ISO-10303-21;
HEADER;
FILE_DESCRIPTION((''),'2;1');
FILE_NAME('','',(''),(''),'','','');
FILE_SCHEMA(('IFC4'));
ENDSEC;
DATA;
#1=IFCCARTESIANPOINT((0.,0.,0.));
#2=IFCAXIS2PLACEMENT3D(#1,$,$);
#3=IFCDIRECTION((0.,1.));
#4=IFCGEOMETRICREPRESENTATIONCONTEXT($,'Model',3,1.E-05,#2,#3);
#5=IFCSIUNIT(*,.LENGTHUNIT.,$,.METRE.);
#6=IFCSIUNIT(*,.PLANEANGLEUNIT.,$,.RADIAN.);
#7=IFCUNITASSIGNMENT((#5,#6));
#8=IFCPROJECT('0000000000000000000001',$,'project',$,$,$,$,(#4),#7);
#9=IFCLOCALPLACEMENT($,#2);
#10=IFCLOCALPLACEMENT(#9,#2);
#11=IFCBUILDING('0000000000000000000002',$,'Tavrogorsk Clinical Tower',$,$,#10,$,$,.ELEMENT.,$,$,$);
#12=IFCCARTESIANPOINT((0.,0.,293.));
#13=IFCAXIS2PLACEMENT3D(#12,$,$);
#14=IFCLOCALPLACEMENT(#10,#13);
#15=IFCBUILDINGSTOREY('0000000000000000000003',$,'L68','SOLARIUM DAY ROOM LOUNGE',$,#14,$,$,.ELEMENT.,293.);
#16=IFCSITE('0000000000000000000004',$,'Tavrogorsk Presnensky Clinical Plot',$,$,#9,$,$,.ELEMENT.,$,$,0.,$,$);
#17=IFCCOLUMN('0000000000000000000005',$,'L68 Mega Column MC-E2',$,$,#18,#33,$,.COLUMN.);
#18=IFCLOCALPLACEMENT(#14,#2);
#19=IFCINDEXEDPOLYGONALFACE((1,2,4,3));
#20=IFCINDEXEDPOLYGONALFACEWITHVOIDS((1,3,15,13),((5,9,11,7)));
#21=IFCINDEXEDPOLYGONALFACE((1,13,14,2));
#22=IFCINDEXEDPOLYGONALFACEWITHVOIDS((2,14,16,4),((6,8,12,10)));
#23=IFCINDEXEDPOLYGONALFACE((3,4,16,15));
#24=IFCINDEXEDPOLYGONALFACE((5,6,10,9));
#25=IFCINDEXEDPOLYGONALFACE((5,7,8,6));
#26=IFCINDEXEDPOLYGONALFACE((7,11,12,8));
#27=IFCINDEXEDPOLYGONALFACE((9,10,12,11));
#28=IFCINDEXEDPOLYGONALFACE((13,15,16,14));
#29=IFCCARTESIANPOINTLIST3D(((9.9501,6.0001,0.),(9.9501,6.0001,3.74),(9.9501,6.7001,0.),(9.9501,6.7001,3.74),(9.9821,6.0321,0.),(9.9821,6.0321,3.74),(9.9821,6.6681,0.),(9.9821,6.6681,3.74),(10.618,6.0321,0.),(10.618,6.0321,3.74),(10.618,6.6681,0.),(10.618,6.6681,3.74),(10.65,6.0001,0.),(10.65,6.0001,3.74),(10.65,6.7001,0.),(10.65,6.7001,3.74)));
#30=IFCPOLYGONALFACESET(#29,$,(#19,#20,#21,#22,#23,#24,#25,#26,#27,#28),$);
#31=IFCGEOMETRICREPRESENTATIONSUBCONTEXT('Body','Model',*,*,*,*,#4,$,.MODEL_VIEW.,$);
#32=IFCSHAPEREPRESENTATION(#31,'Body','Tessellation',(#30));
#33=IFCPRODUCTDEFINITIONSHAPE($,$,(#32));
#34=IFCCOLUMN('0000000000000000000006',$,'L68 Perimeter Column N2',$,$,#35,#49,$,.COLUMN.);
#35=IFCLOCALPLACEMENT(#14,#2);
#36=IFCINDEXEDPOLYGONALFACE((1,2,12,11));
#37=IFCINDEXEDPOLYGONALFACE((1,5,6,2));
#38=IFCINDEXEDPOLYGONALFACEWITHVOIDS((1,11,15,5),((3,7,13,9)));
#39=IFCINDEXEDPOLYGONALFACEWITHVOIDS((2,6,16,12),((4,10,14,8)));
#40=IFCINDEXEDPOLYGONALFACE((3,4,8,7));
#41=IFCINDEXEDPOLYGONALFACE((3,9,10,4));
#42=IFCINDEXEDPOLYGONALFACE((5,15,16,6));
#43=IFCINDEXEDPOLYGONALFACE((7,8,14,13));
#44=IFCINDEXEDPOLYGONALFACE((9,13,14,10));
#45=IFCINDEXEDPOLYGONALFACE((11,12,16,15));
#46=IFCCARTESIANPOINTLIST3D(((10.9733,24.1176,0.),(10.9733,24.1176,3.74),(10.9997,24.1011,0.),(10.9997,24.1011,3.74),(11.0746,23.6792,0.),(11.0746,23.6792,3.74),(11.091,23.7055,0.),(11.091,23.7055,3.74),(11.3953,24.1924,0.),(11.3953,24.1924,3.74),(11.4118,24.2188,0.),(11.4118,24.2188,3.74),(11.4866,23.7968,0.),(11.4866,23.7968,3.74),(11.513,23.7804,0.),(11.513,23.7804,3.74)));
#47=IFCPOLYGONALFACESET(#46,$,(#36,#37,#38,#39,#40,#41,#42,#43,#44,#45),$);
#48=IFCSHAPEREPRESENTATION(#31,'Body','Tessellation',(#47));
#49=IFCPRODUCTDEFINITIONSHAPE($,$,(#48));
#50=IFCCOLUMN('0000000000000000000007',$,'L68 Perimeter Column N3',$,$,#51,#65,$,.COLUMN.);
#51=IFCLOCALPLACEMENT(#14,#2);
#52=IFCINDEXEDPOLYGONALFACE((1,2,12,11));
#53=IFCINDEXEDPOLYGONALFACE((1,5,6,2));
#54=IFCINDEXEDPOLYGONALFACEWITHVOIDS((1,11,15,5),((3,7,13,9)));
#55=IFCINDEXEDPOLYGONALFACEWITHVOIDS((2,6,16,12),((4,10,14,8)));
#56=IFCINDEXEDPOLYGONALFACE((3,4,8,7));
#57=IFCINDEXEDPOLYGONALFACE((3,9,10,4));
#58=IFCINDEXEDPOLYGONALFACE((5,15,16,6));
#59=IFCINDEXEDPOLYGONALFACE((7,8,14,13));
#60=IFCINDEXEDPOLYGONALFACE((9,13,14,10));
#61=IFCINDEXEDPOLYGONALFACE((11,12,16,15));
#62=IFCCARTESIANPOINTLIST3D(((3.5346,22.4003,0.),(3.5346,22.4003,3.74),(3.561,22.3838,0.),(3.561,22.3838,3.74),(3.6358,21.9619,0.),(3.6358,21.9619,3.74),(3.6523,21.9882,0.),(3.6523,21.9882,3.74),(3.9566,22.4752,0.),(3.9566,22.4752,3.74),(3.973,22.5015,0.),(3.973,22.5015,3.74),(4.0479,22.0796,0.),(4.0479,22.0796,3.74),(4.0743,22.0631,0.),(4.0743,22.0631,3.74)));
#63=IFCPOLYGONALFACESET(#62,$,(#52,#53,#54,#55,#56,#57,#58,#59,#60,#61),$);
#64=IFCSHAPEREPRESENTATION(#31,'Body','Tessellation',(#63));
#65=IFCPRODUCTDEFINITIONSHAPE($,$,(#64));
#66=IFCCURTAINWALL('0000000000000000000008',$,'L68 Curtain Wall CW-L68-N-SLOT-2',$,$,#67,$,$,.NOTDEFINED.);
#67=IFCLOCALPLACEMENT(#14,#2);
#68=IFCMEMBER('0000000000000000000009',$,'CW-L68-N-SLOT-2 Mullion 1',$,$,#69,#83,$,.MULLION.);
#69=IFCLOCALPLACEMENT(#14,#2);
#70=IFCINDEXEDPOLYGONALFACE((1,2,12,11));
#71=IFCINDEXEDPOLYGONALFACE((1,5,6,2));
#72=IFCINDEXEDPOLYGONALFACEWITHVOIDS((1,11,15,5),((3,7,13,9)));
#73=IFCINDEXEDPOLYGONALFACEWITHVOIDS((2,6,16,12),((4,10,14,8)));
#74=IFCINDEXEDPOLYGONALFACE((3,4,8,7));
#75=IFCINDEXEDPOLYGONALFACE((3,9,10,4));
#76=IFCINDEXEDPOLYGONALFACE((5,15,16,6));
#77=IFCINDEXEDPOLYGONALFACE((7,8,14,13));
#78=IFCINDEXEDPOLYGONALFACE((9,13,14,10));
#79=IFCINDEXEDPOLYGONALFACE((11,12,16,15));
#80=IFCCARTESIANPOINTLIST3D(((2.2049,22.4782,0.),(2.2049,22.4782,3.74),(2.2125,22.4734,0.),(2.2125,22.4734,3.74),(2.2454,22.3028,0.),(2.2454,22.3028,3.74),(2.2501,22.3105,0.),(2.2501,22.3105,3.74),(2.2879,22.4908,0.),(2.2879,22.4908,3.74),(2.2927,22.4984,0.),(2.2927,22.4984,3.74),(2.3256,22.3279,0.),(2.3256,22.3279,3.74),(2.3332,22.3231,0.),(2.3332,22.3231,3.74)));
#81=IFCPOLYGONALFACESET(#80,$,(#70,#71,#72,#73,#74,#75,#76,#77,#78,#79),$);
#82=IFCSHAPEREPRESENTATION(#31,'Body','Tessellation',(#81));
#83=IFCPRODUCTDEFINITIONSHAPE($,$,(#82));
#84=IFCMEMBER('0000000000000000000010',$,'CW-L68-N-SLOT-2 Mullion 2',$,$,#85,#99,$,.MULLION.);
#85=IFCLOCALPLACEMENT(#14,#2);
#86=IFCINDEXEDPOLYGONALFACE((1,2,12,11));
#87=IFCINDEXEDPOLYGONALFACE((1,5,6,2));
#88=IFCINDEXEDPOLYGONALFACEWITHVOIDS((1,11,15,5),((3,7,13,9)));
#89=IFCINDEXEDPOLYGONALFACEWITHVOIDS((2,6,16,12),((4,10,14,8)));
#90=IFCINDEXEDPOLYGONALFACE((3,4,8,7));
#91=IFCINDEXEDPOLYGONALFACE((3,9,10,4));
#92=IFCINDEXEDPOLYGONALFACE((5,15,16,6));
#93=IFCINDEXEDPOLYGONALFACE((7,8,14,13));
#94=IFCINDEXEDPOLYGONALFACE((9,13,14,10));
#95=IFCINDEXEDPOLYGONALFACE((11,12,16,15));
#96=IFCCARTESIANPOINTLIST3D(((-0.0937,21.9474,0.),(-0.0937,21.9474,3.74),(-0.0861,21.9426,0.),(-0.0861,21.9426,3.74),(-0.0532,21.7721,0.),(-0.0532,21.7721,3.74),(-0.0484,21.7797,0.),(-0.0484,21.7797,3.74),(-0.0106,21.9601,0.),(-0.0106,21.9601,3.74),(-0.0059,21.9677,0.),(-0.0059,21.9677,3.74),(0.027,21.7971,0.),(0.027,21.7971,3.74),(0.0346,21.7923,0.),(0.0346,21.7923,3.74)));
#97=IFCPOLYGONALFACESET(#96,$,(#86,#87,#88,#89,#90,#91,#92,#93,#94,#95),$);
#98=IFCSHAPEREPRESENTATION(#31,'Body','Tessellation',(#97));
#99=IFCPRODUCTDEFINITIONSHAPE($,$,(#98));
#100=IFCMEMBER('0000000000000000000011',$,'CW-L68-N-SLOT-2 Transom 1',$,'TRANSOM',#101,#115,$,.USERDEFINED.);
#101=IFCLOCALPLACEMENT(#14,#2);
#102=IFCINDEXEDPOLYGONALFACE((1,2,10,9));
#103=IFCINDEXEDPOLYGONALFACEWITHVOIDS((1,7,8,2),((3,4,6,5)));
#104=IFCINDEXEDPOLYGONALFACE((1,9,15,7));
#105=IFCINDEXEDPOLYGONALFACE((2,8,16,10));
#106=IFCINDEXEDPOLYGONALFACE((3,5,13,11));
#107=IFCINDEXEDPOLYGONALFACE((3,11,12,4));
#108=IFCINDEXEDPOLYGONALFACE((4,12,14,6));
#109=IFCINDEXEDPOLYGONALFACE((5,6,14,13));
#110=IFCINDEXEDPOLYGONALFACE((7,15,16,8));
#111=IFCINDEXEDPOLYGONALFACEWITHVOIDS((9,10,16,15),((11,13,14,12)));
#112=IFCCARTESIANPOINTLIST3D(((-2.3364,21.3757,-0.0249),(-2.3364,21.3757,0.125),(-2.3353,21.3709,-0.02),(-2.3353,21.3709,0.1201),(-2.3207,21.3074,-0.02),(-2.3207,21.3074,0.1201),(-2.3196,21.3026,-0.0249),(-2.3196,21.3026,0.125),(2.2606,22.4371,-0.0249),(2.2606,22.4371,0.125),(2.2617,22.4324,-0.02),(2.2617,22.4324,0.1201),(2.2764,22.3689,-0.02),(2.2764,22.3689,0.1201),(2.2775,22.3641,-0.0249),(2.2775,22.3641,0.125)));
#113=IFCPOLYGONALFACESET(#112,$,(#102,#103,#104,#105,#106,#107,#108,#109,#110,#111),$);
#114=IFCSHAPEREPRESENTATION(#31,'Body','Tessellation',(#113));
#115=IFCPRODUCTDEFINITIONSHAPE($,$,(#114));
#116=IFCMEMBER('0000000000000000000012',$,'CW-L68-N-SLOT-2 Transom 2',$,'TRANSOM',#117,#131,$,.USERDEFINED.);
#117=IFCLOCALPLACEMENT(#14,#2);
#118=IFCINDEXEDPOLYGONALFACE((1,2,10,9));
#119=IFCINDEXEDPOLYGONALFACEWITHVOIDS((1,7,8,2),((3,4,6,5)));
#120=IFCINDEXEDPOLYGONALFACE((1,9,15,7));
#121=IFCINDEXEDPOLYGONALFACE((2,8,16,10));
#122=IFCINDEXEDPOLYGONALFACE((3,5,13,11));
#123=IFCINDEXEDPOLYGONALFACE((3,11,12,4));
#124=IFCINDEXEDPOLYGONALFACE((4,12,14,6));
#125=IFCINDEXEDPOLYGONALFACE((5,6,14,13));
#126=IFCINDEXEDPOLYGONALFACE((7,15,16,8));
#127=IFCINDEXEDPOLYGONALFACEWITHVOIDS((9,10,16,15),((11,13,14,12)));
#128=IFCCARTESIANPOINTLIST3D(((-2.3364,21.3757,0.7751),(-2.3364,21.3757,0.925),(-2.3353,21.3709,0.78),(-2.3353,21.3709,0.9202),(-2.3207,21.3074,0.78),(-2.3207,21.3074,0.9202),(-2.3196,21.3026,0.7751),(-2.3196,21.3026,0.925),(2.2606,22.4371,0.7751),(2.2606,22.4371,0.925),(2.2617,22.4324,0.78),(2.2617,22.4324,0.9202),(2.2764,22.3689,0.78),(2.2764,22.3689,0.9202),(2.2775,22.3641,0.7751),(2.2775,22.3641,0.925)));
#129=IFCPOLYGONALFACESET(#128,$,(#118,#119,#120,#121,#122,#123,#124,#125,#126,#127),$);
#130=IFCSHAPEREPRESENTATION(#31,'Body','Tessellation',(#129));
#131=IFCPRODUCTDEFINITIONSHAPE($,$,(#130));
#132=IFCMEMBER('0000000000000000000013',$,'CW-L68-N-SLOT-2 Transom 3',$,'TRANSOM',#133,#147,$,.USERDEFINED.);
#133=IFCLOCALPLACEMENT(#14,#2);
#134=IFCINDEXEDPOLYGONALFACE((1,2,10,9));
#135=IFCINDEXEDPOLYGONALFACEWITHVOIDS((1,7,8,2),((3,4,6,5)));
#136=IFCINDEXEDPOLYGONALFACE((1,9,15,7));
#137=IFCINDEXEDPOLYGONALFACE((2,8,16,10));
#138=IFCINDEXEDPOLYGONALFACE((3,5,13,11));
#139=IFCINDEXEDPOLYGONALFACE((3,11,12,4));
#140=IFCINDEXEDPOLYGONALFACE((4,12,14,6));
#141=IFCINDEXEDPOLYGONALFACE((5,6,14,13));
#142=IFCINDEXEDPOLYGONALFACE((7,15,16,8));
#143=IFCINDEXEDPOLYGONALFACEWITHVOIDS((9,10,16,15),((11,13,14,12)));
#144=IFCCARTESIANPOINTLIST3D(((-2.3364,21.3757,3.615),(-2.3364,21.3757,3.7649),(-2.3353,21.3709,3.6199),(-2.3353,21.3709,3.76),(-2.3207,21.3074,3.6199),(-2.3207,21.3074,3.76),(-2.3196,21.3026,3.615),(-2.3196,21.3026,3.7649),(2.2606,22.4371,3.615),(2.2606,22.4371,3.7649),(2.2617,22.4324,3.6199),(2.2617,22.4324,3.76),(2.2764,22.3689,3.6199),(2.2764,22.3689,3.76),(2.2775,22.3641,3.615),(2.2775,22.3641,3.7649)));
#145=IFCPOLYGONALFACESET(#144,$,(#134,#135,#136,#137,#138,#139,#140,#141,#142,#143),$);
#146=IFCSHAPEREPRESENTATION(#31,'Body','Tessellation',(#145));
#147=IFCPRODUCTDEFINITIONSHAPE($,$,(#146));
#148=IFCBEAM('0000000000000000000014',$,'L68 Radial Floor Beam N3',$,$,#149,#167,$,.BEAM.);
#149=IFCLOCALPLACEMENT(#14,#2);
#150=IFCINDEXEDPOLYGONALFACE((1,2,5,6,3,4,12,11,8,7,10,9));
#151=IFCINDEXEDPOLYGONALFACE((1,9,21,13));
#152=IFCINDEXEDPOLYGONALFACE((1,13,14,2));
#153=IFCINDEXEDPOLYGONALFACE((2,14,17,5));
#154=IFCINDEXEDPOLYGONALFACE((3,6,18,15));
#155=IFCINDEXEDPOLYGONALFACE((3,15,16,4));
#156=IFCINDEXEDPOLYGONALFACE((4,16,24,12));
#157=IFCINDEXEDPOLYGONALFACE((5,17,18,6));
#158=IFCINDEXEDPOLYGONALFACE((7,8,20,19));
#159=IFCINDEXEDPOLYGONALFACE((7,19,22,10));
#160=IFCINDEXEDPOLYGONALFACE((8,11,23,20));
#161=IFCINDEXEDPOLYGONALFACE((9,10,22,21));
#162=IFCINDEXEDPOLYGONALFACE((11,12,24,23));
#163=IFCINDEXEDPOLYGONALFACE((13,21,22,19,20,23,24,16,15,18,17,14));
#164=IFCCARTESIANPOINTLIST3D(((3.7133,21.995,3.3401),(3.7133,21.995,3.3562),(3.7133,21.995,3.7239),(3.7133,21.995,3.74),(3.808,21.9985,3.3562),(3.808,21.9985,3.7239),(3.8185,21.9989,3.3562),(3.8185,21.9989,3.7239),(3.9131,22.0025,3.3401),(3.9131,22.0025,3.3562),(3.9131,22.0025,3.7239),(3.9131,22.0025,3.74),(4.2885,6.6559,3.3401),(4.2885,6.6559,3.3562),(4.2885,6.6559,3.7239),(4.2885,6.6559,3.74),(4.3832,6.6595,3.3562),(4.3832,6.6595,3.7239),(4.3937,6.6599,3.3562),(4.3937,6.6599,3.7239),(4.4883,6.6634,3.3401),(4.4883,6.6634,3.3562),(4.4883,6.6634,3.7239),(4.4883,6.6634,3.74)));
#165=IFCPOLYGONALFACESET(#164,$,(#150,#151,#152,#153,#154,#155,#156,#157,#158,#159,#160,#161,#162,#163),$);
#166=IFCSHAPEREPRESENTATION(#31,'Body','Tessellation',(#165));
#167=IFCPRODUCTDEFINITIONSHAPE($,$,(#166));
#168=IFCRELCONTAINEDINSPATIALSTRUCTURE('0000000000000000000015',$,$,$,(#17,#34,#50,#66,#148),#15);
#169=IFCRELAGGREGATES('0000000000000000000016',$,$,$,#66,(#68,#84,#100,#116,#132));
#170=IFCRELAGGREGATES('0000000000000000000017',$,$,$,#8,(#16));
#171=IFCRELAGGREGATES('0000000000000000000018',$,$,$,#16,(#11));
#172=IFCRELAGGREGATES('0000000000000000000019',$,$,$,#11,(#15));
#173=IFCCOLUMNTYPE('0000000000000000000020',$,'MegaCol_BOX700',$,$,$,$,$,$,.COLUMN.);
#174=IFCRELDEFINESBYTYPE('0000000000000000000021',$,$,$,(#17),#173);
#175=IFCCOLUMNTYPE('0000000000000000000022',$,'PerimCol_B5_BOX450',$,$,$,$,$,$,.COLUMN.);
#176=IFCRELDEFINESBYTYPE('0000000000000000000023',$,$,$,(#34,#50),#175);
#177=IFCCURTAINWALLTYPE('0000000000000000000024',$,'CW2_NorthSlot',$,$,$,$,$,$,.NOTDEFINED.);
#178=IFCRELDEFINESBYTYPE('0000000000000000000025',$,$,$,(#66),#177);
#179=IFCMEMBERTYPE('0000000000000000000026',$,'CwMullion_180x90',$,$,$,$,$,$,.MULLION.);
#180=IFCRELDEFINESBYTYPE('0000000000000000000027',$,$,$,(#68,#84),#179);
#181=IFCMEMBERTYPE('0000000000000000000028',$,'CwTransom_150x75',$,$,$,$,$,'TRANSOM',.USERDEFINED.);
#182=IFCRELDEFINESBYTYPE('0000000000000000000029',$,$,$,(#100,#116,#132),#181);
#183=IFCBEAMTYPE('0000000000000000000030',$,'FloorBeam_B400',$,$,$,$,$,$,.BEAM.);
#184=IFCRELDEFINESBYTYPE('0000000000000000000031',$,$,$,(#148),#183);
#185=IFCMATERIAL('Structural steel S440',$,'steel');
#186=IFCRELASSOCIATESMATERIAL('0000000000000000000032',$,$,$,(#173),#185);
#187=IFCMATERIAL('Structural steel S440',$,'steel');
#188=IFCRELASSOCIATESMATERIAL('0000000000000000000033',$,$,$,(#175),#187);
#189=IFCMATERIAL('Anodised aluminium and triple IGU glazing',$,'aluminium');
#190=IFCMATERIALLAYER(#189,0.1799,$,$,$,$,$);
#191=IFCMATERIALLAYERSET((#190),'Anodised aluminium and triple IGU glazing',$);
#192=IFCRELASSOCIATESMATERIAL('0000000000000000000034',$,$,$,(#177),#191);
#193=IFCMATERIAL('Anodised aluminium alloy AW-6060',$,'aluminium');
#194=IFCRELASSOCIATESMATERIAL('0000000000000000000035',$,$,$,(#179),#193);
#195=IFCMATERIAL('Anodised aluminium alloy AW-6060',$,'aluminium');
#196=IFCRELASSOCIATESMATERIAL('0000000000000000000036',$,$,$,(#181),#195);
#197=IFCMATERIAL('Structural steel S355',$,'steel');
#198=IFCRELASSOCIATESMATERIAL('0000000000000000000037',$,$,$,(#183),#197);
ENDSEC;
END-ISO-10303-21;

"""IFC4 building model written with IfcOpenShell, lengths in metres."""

from ifc_helpers import new_model, si_unit, direction, frame, origin, origin_2d, place, context, subcontext, project, spatial, hollow_rectangle, i_section, extrude, material, layer, layer_set, material_profile, profile_set, type_object, element, aggregate, save


model = new_model("IFC4")

# Units and contexts
model_context = context("Model", 3, precision=1e-05, world=origin(), true_north=direction((0.0, 1.0)))
body_context = subcontext(model_context, "Body", "Model", "MODEL_VIEW")
ifc_project = project(units=[si_unit("LENGTHUNIT", "METRE"), si_unit("PLANEANGLEUNIT", "RADIAN")], contexts=[model_context])

# Site, building, storey
site_placement = place(None, origin())
site = spatial("IfcSite", under=ifc_project, at=site_placement, Name="Tavrogorsk Presnensky Clinical Plot", CompositionType="ELEMENT", RefElevation=0.0)
building_placement = place(site_placement, origin())
building = spatial("IfcBuilding", under=site, at=building_placement, Name="Tavrogorsk Clinical Tower", CompositionType="ELEMENT")
storey_placement = place(building_placement, frame((0.0, 0.0, 293.0)))
storey = spatial("IfcBuildingStorey", under=building, at=storey_placement, Name="L68", Description="SOLARIUM DAY ROOM LOUNGE", CompositionType="ELEMENT", Elevation=293.0)

# Columns
ifc_material_1 = material(Name="Structural steel S440", Category="steel")
ifc_material_profile_1 = material_profile(ifc_material_1, hollow_rectangle(XDim=0.7, YDim=0.7, WallThickness=0.032, at=origin_2d()), Name="BOX-700x700x32")
ifc_profile_set_1 = profile_set([ifc_material_profile_1], Name="Structural steel S440")
column_type_1 = type_object("IfcColumnType", Name="MegaCol_BOX700", PredefinedType="COLUMN", material=ifc_profile_set_1)
column_placement = place(storey_placement, frame((10.3, 6.3501, 0.0), z_axis=(0.0, 0.0, 1.0), x_axis=(1.0, 0.0, 0.0)))
element("IfcColumn", 1, at=column_placement, inside=storey, type_object=column_type_1, Name="L68 Mega Column MC-E2", PredefinedType="COLUMN", context=body_context, shape_type="SweptSolid", body=[
    extrude(hollow_rectangle(XDim=0.7, YDim=0.7, WallThickness=0.032, at=origin_2d()), origin(), (0.0, 0.0, 1.0), 3.74),
])
ifc_material_2 = material(Name="Structural steel S440", Category="steel")
ifc_material_profile_2 = material_profile(ifc_material_2, hollow_rectangle(XDim=0.45, YDim=0.45, WallThickness=0.022, at=origin_2d()), Name="BOX-450x450x22")
ifc_profile_set_2 = profile_set([ifc_material_profile_2], Name="Structural steel S440")
column_type_2 = type_object("IfcColumnType", Name="PerimCol_B5_BOX450", PredefinedType="COLUMN", material=ifc_profile_set_2)
for number, where, z_axis, x_axis, name in (
    (2, (11.2432, 23.949, 0.0), (0.0, 0.0, 1.0), (0.97437, 0.224951, 0.0), "L68 Perimeter Column N2"),
    (3, (3.8044, 22.2317, 0.0), (0.0, 0.0, 1.0), (0.97437, 0.224951, 0.0), "L68 Perimeter Column N3"),
):
    element("IfcColumn", number, at=place(storey_placement, frame(where, z_axis=z_axis, x_axis=x_axis)), inside=storey, type_object=column_type_2, Name=name, PredefinedType="COLUMN", context=body_context, shape_type="SweptSolid", body=[
        extrude(hollow_rectangle(XDim=0.45, YDim=0.45, WallThickness=0.022, at=origin_2d()), origin(), (0.0, 0.0, 1.0), 3.74),
    ])

# Curtain wall, members
ifc_material_3 = material(Name="Anodised aluminium and triple IGU glazing", Category="aluminium")
ifc_layer_1 = layer(ifc_material_3, 0.1799)
ifc_layer_set_1 = layer_set([ifc_layer_1], Name="Anodised aluminium and triple IGU glazing")
curtain_wall_type = type_object("IfcCurtainWallType", Name="CW2_NorthSlot", PredefinedType="NOTDEFINED", material=ifc_layer_set_1)
curtain_wall_placement = place(storey_placement, origin())
curtain_wall = element("IfcCurtainWall", 4, at=curtain_wall_placement, inside=storey, type_object=curtain_wall_type, Name="L68 Curtain Wall CW-L68-N-SLOT-2", PredefinedType="NOTDEFINED")
ifc_material_4 = material(Name="Anodised aluminium alloy AW-6060", Category="aluminium")
ifc_material_profile_3 = material_profile(ifc_material_4, hollow_rectangle(XDim=0.0901, YDim=0.1799, WallThickness=0.0063, at=origin_2d()), Name="RHS-180x90x6.3")
ifc_profile_set_3 = profile_set([ifc_material_profile_3], Name="Anodised aluminium alloy AW-6060")
member_type_1 = type_object("IfcMemberType", Name="CwMullion_180x90", PredefinedType="MULLION", material=ifc_profile_set_3)
member_1_placement = place(storey_placement, frame((2.269, 22.4006, 0.0), z_axis=(0.0, 0.0, 1.0), x_axis=(-0.97437, -0.224951, 0.0)))
member_1 = element("IfcMember", 5, at=member_1_placement, type_object=member_type_1, Name="CW-L68-N-SLOT-2 Mullion 1", PredefinedType="MULLION", context=body_context, shape_type="SweptSolid", body=[
    extrude(hollow_rectangle(XDim=0.0901, YDim=0.1799, WallThickness=0.0063, at=origin_2d()), origin(), (0.0, 0.0, 1.0), 3.74),
])
member_2_placement = place(storey_placement, frame((-0.0295, 21.8699, 0.0), z_axis=(0.0, 0.0, 1.0), x_axis=(-0.97437, -0.224951, 0.0)))
member_2 = element("IfcMember", 6, at=member_2_placement, type_object=member_type_1, Name="CW-L68-N-SLOT-2 Mullion 2", PredefinedType="MULLION", context=body_context, shape_type="SweptSolid", body=[
    extrude(hollow_rectangle(XDim=0.0901, YDim=0.1799, WallThickness=0.0063, at=origin_2d()), origin(), (0.0, 0.0, 1.0), 3.74),
])
ifc_material_5 = material(Name="Anodised aluminium alloy AW-6060", Category="aluminium")
ifc_material_profile_4 = material_profile(ifc_material_5, hollow_rectangle(XDim=0.075, YDim=0.1499, WallThickness=0.0049, at=origin_2d()), Name="RHS-150x75x5")
ifc_profile_set_4 = profile_set([ifc_material_profile_4], Name="Anodised aluminium alloy AW-6060")
member_type_2 = type_object("IfcMemberType", Name="CwTransom_150x75", ElementType="TRANSOM", PredefinedType="USERDEFINED", material=ifc_profile_set_4)
member_3_placement = place(storey_placement, frame((2.269, 22.4006, 0.05), z_axis=(-0.974362, -0.224988, 0.0), x_axis=(0.224988, -0.974362, 0.0)))
member_3 = element("IfcMember", 7, at=member_3_placement, type_object=member_type_2, Name="CW-L68-N-SLOT-2 Transom 1", ObjectType="TRANSOM", PredefinedType="USERDEFINED", context=body_context, shape_type="SweptSolid", body=[
    extrude(hollow_rectangle(XDim=0.075, YDim=0.1499, WallThickness=0.0049, at=origin_2d()), origin(), (0.0, 0.0, 1.0), 4.718),
])
member_4_placement = place(storey_placement, frame((2.269, 22.4006, 0.8501), z_axis=(-0.974362, -0.224988, 0.0), x_axis=(0.224988, -0.974362, 0.0)))
member_4 = element("IfcMember", 8, at=member_4_placement, type_object=member_type_2, Name="CW-L68-N-SLOT-2 Transom 2", ObjectType="TRANSOM", PredefinedType="USERDEFINED", context=body_context, shape_type="SweptSolid", body=[
    extrude(hollow_rectangle(XDim=0.075, YDim=0.1499, WallThickness=0.0049, at=origin_2d()), origin(), (0.0, 0.0, 1.0), 4.718),
])
member_5_placement = place(storey_placement, frame((2.269, 22.4006, 3.6899), z_axis=(-0.974362, -0.224988, 0.0), x_axis=(0.224988, -0.974362, 0.0)))
member_5 = element("IfcMember", 9, at=member_5_placement, type_object=member_type_2, Name="CW-L68-N-SLOT-2 Transom 3", ObjectType="TRANSOM", PredefinedType="USERDEFINED", context=body_context, shape_type="SweptSolid", body=[
    extrude(hollow_rectangle(XDim=0.075, YDim=0.1499, WallThickness=0.0049, at=origin_2d()), origin(), (0.0, 0.0, 1.0), 4.718),
])

# Beam
ifc_material_6 = material(Name="Structural steel S355", Category="steel")
ifc_material_profile_5 = material_profile(ifc_material_6, i_section(OverallWidth=0.2, OverallDepth=0.3999, WebThickness=0.0105, FlangeThickness=0.0161, at=origin_2d()), Name="B-400x200x10.5x16")
ifc_profile_set_5 = profile_set([ifc_material_profile_5], Name="Structural steel S355")
beam_type_1 = type_object("IfcBeamType", Name="FloorBeam_B400", PredefinedType="BEAM", material=ifc_profile_set_5)
beam_placement = place(storey_placement, frame((4.3884, 6.6597, 3.54), z_axis=(-0.037472, 0.999298, 0.0), x_axis=(-0.999298, -0.037472, 0.0)))
element("IfcBeam", 10, at=beam_placement, inside=storey, type_object=beam_type_1, Name="L68 Radial Floor Beam N3", PredefinedType="BEAM", context=body_context, shape_type="SweptSolid", body=[
    extrude(i_section(OverallWidth=0.2, OverallDepth=0.3999, WebThickness=0.0105, FlangeThickness=0.0161, at=origin_2d()), origin(), (0.0, 0.0, 1.0), 15.3499),
])

aggregate(curtain_wall, [member_1, member_2, member_3, member_4, member_5])

save(model, "model.ifc")
